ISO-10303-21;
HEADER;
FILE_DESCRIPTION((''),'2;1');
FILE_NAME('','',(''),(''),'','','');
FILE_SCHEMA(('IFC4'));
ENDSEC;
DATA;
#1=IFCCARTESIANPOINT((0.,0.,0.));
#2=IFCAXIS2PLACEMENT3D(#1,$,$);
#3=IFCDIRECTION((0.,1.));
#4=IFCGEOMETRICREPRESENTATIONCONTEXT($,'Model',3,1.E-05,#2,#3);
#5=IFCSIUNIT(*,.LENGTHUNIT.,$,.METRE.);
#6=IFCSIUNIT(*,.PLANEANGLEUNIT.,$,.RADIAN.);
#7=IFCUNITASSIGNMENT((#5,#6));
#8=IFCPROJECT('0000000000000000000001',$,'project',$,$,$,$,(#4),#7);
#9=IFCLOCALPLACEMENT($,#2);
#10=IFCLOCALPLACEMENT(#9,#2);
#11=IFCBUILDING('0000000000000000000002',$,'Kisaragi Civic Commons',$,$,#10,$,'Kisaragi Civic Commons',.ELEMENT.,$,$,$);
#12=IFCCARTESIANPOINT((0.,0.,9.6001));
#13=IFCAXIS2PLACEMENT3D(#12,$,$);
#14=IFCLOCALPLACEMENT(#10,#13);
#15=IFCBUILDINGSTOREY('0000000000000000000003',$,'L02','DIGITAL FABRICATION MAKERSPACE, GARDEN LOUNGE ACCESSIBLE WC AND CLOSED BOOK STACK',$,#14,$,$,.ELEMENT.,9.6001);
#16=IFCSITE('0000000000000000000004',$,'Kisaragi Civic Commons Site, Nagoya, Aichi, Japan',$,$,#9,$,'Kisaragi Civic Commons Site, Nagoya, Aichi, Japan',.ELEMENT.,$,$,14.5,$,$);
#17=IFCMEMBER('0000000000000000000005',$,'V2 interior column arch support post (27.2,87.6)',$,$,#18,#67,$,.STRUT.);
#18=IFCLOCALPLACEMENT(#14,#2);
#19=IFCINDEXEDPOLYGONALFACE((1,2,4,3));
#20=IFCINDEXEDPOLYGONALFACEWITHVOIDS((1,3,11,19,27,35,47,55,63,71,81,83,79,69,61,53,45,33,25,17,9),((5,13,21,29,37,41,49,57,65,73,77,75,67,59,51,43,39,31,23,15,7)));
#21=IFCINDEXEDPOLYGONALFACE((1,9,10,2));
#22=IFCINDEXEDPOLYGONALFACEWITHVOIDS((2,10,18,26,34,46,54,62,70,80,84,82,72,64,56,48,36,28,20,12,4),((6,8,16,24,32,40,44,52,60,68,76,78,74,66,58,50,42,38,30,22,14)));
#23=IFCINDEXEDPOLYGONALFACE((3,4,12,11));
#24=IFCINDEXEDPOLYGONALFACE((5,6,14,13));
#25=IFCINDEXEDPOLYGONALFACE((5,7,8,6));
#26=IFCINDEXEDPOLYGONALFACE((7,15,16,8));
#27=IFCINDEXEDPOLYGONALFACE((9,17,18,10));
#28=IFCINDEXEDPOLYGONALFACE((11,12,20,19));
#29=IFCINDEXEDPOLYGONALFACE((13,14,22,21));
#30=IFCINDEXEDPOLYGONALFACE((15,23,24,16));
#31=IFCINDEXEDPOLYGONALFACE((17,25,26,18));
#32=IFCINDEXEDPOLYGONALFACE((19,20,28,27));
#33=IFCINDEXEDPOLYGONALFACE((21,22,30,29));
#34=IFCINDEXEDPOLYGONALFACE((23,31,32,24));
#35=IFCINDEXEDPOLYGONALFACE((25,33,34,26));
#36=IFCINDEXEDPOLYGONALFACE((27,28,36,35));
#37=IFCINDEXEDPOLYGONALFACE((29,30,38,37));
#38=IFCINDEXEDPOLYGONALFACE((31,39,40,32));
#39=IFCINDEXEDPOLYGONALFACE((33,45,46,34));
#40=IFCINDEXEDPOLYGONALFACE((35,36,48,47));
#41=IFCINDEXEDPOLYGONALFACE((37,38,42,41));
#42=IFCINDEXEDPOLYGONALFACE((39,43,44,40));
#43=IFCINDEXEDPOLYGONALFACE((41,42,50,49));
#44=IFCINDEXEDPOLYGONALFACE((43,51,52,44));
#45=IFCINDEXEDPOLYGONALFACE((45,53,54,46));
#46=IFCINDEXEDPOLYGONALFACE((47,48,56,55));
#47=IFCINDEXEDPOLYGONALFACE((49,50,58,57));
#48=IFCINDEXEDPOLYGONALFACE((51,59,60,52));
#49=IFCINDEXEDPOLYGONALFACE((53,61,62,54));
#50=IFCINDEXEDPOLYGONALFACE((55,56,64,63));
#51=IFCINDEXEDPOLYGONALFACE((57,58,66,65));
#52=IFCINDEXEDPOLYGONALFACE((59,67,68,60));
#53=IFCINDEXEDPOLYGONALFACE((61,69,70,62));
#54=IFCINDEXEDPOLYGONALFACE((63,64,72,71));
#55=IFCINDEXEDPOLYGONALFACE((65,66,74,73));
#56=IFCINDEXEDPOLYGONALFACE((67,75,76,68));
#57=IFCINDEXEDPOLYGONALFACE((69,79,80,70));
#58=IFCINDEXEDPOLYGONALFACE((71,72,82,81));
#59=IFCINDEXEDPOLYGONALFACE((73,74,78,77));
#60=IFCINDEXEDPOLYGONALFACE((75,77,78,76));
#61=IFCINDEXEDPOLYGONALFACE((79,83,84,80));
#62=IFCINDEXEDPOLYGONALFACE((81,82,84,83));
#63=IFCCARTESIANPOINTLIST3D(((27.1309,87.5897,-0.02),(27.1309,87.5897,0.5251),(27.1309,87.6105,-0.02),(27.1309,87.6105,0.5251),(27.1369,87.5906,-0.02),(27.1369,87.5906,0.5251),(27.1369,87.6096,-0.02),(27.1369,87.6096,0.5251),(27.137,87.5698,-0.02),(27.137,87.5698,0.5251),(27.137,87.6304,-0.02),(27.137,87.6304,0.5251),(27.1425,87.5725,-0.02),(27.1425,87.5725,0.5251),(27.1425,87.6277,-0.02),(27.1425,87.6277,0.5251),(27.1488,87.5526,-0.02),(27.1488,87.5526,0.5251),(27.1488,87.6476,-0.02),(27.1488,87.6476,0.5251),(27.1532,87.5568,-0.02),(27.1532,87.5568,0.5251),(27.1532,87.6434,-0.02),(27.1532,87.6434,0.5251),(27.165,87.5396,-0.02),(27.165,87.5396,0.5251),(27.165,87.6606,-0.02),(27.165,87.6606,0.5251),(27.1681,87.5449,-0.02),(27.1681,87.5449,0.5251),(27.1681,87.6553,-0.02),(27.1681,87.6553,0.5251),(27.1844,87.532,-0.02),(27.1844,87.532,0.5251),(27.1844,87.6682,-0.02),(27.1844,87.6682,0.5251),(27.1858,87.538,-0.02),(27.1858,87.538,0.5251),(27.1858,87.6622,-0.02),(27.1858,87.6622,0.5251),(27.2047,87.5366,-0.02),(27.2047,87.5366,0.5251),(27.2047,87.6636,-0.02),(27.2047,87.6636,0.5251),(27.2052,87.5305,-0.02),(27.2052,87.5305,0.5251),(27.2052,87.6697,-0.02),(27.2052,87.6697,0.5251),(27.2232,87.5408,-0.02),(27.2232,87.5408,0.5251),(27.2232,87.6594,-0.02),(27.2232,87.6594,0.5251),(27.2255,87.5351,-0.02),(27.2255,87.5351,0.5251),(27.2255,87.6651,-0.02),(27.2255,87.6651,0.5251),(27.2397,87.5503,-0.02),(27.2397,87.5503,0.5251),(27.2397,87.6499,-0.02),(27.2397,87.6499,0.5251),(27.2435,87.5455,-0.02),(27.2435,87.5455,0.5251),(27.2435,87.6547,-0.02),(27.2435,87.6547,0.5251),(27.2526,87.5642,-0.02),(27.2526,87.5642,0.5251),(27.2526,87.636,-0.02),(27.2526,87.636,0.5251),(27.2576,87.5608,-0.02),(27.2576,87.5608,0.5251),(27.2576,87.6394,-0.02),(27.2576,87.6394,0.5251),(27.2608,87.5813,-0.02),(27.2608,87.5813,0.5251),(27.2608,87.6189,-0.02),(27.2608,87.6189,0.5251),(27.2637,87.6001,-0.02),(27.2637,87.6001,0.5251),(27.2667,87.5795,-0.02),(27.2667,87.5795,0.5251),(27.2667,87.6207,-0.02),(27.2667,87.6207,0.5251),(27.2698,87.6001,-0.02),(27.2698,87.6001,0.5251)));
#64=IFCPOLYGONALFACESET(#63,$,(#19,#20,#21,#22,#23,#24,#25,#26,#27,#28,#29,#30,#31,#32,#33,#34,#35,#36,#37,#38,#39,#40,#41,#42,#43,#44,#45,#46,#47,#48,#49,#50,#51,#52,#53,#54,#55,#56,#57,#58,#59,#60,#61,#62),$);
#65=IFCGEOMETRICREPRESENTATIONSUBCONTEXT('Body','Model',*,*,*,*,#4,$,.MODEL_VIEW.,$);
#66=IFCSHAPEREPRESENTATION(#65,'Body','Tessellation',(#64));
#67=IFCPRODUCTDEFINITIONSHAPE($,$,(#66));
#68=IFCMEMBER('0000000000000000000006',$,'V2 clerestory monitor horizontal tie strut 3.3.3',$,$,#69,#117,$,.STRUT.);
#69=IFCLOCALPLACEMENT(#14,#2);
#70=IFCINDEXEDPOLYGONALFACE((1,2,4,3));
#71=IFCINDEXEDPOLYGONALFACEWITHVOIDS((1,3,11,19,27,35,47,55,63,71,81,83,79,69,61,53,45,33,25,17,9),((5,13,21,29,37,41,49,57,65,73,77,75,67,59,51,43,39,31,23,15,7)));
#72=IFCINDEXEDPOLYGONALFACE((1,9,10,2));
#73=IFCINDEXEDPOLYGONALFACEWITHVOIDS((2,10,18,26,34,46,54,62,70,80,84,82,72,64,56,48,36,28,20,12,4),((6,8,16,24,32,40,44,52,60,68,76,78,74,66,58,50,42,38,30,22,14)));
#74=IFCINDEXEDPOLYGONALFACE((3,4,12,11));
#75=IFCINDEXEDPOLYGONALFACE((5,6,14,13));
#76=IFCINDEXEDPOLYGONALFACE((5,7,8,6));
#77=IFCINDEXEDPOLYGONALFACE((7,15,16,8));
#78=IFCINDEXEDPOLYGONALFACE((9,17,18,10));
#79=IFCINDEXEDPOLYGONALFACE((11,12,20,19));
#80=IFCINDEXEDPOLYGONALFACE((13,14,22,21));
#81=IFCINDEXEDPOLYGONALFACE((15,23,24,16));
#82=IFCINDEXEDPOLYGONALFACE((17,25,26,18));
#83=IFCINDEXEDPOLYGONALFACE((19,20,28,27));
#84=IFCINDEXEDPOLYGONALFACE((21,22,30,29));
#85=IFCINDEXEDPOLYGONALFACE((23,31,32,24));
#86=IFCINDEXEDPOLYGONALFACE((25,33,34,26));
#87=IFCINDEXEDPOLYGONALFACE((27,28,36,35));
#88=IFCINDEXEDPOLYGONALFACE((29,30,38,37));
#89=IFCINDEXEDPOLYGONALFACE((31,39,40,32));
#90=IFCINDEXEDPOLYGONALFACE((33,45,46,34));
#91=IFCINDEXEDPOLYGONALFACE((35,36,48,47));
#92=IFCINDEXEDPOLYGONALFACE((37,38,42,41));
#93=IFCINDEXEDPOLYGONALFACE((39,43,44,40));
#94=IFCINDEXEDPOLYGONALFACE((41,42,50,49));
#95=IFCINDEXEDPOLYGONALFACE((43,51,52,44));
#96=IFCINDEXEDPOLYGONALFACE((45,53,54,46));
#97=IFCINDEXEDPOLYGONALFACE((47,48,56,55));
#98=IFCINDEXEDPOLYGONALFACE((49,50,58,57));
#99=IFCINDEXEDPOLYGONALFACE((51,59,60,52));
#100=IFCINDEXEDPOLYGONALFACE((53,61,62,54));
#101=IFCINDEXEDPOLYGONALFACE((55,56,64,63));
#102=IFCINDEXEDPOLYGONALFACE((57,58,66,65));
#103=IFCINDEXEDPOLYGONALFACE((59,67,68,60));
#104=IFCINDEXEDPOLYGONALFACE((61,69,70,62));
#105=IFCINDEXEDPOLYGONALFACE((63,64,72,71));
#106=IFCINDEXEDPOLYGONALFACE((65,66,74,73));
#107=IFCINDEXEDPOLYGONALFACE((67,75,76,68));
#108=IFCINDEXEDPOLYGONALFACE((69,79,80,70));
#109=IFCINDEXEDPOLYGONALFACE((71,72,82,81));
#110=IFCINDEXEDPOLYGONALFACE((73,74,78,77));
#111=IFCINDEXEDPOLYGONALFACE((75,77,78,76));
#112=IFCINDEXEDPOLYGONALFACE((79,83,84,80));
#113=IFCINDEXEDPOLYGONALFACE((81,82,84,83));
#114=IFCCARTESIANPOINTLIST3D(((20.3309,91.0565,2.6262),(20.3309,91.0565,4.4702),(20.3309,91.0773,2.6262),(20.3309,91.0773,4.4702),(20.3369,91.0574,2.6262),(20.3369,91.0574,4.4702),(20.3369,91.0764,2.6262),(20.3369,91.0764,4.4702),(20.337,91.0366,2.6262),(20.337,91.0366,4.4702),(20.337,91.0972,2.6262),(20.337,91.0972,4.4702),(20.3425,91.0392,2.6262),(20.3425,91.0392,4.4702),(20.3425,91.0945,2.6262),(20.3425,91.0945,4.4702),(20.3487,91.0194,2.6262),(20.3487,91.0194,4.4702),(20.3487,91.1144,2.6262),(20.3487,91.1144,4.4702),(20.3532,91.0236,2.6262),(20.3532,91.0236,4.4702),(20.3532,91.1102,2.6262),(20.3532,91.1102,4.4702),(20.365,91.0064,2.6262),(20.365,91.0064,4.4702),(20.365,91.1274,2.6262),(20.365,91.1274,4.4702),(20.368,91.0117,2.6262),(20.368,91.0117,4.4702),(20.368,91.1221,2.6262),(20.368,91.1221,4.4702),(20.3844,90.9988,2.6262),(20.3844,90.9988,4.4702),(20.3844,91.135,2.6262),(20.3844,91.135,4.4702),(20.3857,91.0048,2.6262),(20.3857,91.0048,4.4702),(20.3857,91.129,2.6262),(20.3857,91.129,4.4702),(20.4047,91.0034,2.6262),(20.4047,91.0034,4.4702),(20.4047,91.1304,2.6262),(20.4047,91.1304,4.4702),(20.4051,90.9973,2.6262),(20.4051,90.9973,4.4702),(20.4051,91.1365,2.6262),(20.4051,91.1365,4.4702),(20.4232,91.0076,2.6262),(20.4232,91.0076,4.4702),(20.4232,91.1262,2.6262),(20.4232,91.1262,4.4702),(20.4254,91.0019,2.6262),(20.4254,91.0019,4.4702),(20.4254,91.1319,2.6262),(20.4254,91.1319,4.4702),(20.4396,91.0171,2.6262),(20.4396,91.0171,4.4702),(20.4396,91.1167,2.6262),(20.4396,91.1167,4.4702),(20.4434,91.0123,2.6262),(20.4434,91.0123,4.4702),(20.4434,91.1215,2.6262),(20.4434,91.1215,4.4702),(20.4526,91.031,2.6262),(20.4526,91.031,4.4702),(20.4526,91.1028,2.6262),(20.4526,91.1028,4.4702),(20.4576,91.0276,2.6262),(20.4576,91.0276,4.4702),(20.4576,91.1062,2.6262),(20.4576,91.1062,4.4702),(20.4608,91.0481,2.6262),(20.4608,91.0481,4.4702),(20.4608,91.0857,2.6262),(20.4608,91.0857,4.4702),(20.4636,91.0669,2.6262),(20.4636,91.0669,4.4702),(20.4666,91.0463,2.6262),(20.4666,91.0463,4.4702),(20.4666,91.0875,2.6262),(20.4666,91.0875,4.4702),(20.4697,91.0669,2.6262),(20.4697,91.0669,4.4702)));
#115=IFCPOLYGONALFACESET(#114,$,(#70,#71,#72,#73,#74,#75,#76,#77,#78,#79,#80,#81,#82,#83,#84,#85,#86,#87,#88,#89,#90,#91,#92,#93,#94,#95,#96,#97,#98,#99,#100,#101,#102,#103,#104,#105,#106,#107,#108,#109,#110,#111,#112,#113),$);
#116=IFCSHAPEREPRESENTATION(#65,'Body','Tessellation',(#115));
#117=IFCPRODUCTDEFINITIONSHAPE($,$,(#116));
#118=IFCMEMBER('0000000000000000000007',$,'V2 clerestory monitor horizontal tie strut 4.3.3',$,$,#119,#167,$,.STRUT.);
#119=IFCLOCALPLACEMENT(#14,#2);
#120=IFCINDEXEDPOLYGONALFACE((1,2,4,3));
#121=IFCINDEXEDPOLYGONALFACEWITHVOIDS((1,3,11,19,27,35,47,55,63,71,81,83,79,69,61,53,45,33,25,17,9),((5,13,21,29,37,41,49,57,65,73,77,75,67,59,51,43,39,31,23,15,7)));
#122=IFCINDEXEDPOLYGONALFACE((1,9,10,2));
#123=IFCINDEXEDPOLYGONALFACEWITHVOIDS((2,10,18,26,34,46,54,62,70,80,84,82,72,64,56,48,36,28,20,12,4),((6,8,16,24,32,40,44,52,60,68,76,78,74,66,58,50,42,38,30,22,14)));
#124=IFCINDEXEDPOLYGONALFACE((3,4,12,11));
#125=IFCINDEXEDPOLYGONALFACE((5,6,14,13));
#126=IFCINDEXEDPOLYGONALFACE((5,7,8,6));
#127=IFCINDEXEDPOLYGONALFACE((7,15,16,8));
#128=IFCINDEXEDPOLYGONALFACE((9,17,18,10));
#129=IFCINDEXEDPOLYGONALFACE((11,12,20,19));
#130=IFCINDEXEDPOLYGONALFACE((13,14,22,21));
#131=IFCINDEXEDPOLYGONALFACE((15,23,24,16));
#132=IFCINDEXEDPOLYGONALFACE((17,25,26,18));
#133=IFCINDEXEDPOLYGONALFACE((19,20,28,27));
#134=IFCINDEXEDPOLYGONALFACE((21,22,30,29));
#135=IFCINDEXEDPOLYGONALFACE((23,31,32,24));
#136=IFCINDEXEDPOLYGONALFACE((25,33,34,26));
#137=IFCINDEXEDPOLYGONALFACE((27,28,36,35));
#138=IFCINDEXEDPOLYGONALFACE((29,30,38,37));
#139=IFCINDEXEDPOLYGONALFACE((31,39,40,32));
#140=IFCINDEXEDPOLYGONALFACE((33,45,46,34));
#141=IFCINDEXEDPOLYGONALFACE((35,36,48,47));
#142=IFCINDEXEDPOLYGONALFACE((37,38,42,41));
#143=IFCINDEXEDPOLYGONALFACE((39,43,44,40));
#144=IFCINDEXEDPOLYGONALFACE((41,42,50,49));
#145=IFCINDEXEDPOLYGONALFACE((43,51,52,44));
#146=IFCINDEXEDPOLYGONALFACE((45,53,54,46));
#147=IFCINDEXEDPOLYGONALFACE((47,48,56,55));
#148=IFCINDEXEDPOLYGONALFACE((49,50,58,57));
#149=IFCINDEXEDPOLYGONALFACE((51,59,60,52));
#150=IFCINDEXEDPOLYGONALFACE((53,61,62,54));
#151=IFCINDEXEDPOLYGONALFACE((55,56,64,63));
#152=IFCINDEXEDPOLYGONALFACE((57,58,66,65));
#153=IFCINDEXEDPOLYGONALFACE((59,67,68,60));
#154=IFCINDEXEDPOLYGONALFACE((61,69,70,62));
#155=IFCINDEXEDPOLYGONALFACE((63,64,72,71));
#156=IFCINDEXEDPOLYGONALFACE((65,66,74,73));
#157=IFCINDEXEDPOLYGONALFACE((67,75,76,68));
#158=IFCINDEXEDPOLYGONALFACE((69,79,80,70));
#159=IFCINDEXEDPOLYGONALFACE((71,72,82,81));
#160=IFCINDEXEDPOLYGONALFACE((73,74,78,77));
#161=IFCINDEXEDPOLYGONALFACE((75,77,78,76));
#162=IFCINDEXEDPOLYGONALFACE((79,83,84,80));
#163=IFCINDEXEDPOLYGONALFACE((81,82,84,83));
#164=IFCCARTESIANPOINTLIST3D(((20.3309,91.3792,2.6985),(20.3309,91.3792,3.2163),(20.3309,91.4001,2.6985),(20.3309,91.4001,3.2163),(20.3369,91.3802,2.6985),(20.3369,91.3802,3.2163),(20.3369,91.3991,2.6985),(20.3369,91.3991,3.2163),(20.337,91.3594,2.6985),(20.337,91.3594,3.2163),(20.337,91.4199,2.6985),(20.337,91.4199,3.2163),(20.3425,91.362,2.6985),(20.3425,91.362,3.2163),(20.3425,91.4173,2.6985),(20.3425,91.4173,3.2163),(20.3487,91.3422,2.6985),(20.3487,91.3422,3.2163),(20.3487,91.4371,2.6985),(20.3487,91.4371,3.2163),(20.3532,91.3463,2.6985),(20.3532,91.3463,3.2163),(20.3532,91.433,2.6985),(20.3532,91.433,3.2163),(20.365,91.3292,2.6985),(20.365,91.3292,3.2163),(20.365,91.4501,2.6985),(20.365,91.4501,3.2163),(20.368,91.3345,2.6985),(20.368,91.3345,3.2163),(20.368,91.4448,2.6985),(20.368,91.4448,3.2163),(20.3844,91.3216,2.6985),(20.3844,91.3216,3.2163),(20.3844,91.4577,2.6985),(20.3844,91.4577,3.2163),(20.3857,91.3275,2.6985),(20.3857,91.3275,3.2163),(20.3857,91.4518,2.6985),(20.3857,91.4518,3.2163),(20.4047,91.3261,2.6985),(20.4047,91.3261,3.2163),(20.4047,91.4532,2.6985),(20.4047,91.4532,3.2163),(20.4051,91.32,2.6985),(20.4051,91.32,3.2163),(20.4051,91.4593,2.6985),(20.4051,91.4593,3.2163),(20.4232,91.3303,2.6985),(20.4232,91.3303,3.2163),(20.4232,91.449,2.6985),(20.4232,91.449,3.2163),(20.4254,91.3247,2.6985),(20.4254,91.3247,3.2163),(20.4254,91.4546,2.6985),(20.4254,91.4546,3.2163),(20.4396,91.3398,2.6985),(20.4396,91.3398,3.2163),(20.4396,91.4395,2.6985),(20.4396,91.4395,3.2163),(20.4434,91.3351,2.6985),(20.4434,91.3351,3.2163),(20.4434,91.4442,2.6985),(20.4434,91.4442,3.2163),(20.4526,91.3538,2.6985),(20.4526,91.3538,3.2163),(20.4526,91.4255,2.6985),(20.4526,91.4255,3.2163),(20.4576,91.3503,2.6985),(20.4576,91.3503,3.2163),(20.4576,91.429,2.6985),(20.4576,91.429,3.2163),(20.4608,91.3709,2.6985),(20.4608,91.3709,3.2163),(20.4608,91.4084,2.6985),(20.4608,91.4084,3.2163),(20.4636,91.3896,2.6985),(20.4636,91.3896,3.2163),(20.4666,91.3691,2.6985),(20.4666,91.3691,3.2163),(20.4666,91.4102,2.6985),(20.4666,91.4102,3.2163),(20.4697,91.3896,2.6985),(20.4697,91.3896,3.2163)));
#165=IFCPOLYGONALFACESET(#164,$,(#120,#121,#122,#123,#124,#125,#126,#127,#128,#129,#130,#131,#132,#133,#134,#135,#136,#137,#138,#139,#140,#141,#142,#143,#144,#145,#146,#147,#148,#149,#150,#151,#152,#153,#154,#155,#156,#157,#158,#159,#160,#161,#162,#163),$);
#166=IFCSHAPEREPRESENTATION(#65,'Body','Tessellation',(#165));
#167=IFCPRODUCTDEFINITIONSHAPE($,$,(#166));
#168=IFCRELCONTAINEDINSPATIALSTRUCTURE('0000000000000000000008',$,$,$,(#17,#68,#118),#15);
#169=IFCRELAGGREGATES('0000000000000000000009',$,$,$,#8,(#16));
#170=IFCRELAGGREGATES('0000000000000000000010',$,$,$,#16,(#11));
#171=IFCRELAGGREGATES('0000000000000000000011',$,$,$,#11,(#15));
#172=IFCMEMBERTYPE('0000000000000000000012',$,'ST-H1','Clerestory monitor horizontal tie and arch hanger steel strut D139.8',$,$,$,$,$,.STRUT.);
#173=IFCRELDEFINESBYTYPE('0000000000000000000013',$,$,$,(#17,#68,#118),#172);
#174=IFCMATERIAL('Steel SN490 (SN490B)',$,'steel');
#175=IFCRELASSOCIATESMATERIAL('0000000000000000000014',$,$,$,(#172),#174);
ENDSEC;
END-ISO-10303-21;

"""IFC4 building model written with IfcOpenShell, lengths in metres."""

from ifc_helpers import new_model, si_unit, direction, frame, origin, origin_2d, place, context, subcontext, project, spatial, hollow_circle, extrude, material, material_profile, profile_set, type_object, element, save


model = new_model("IFC4")

# Units and contexts
model_context = context("Model", 3, precision=1e-05, world=origin(), true_north=direction((0.0, 1.0)))
body_context = subcontext(model_context, "Body", "Model", "MODEL_VIEW")
ifc_project = project(units=[si_unit("LENGTHUNIT", "METRE"), si_unit("PLANEANGLEUNIT", "RADIAN")], contexts=[model_context])

# Site, building, storey
site_placement = place(None, origin())
site = spatial("IfcSite", under=ifc_project, at=site_placement, Name="Kisaragi Civic Commons Site, Nagoya, Aichi, Japan", LongName="Kisaragi Civic Commons Site, Nagoya, Aichi, Japan", CompositionType="ELEMENT", RefElevation=14.5)
building_placement = place(site_placement, origin())
building = spatial("IfcBuilding", under=site, at=building_placement, Name="Kisaragi Civic Commons", LongName="Kisaragi Civic Commons", CompositionType="ELEMENT")
storey_placement = place(building_placement, frame((0.0, 0.0, 9.6001)))
storey = spatial("IfcBuildingStorey", under=building, at=storey_placement, Name="L02", Description="DIGITAL FABRICATION MAKERSPACE, GARDEN LOUNGE ACCESSIBLE WC AND CLOSED BOOK STACK", CompositionType="ELEMENT", Elevation=9.6001)

# Members
ifc_material_1 = material(Name="Steel SN490 (SN490B)", Category="steel")
ifc_material_profile_1 = material_profile(ifc_material_1, hollow_circle(Radius=0.0698, WallThickness=0.0061, at=origin_2d()), Name="CHS-139.8x6.0", Category="steel")
ifc_profile_set_1 = profile_set([ifc_material_profile_1], Name="Steel SN490 (SN490B)")
member_type_1 = type_object("IfcMemberType", Name="ST-H1", Description="Clerestory monitor horizontal tie and arch hanger steel strut D139.8", PredefinedType="STRUT", material=ifc_profile_set_1)
member_1_placement = place(storey_placement, frame((27.2, 87.6001, -0.02), z_axis=(0.0, 0.0, 1.0), x_axis=(1.0, 0.0, 0.0)))
element("IfcMember", 1, at=member_1_placement, inside=storey, type_object=member_type_1, Name="V2 interior column arch support post (27.2,87.6)", PredefinedType="STRUT", context=body_context, shape_type="SweptSolid", body=[
    extrude(hollow_circle(Radius=0.0698, WallThickness=0.0061, at=origin_2d()), origin(), (0.0, 0.0, 1.0), 0.5452),
])
member_2_placement = place(storey_placement, frame((20.3999, 91.0669, 2.6262), z_axis=(0.0, 0.0, 1.0), x_axis=(1.0, 0.0, 0.0)))
element("IfcMember", 2, at=member_2_placement, inside=storey, type_object=member_type_1, Name="V2 clerestory monitor horizontal tie strut 3.3.3", PredefinedType="STRUT", context=body_context, shape_type="SweptSolid", body=[
    extrude(hollow_circle(Radius=0.0698, WallThickness=0.0061, at=origin_2d()), origin(), (0.0, 0.0, 1.0), 1.844),
])
member_3_placement = place(storey_placement, frame((20.3999, 91.3896, 2.6985), z_axis=(0.0, 0.0, 1.0), x_axis=(1.0, 0.0, 0.0)))
element("IfcMember", 3, at=member_3_placement, inside=storey, type_object=member_type_1, Name="V2 clerestory monitor horizontal tie strut 4.3.3", PredefinedType="STRUT", context=body_context, shape_type="SweptSolid", body=[
    extrude(hollow_circle(Radius=0.0698, WallThickness=0.0061, at=origin_2d()), origin(), (0.0, 0.0, 1.0), 0.5178),
])

save(model, "model.ifc")
